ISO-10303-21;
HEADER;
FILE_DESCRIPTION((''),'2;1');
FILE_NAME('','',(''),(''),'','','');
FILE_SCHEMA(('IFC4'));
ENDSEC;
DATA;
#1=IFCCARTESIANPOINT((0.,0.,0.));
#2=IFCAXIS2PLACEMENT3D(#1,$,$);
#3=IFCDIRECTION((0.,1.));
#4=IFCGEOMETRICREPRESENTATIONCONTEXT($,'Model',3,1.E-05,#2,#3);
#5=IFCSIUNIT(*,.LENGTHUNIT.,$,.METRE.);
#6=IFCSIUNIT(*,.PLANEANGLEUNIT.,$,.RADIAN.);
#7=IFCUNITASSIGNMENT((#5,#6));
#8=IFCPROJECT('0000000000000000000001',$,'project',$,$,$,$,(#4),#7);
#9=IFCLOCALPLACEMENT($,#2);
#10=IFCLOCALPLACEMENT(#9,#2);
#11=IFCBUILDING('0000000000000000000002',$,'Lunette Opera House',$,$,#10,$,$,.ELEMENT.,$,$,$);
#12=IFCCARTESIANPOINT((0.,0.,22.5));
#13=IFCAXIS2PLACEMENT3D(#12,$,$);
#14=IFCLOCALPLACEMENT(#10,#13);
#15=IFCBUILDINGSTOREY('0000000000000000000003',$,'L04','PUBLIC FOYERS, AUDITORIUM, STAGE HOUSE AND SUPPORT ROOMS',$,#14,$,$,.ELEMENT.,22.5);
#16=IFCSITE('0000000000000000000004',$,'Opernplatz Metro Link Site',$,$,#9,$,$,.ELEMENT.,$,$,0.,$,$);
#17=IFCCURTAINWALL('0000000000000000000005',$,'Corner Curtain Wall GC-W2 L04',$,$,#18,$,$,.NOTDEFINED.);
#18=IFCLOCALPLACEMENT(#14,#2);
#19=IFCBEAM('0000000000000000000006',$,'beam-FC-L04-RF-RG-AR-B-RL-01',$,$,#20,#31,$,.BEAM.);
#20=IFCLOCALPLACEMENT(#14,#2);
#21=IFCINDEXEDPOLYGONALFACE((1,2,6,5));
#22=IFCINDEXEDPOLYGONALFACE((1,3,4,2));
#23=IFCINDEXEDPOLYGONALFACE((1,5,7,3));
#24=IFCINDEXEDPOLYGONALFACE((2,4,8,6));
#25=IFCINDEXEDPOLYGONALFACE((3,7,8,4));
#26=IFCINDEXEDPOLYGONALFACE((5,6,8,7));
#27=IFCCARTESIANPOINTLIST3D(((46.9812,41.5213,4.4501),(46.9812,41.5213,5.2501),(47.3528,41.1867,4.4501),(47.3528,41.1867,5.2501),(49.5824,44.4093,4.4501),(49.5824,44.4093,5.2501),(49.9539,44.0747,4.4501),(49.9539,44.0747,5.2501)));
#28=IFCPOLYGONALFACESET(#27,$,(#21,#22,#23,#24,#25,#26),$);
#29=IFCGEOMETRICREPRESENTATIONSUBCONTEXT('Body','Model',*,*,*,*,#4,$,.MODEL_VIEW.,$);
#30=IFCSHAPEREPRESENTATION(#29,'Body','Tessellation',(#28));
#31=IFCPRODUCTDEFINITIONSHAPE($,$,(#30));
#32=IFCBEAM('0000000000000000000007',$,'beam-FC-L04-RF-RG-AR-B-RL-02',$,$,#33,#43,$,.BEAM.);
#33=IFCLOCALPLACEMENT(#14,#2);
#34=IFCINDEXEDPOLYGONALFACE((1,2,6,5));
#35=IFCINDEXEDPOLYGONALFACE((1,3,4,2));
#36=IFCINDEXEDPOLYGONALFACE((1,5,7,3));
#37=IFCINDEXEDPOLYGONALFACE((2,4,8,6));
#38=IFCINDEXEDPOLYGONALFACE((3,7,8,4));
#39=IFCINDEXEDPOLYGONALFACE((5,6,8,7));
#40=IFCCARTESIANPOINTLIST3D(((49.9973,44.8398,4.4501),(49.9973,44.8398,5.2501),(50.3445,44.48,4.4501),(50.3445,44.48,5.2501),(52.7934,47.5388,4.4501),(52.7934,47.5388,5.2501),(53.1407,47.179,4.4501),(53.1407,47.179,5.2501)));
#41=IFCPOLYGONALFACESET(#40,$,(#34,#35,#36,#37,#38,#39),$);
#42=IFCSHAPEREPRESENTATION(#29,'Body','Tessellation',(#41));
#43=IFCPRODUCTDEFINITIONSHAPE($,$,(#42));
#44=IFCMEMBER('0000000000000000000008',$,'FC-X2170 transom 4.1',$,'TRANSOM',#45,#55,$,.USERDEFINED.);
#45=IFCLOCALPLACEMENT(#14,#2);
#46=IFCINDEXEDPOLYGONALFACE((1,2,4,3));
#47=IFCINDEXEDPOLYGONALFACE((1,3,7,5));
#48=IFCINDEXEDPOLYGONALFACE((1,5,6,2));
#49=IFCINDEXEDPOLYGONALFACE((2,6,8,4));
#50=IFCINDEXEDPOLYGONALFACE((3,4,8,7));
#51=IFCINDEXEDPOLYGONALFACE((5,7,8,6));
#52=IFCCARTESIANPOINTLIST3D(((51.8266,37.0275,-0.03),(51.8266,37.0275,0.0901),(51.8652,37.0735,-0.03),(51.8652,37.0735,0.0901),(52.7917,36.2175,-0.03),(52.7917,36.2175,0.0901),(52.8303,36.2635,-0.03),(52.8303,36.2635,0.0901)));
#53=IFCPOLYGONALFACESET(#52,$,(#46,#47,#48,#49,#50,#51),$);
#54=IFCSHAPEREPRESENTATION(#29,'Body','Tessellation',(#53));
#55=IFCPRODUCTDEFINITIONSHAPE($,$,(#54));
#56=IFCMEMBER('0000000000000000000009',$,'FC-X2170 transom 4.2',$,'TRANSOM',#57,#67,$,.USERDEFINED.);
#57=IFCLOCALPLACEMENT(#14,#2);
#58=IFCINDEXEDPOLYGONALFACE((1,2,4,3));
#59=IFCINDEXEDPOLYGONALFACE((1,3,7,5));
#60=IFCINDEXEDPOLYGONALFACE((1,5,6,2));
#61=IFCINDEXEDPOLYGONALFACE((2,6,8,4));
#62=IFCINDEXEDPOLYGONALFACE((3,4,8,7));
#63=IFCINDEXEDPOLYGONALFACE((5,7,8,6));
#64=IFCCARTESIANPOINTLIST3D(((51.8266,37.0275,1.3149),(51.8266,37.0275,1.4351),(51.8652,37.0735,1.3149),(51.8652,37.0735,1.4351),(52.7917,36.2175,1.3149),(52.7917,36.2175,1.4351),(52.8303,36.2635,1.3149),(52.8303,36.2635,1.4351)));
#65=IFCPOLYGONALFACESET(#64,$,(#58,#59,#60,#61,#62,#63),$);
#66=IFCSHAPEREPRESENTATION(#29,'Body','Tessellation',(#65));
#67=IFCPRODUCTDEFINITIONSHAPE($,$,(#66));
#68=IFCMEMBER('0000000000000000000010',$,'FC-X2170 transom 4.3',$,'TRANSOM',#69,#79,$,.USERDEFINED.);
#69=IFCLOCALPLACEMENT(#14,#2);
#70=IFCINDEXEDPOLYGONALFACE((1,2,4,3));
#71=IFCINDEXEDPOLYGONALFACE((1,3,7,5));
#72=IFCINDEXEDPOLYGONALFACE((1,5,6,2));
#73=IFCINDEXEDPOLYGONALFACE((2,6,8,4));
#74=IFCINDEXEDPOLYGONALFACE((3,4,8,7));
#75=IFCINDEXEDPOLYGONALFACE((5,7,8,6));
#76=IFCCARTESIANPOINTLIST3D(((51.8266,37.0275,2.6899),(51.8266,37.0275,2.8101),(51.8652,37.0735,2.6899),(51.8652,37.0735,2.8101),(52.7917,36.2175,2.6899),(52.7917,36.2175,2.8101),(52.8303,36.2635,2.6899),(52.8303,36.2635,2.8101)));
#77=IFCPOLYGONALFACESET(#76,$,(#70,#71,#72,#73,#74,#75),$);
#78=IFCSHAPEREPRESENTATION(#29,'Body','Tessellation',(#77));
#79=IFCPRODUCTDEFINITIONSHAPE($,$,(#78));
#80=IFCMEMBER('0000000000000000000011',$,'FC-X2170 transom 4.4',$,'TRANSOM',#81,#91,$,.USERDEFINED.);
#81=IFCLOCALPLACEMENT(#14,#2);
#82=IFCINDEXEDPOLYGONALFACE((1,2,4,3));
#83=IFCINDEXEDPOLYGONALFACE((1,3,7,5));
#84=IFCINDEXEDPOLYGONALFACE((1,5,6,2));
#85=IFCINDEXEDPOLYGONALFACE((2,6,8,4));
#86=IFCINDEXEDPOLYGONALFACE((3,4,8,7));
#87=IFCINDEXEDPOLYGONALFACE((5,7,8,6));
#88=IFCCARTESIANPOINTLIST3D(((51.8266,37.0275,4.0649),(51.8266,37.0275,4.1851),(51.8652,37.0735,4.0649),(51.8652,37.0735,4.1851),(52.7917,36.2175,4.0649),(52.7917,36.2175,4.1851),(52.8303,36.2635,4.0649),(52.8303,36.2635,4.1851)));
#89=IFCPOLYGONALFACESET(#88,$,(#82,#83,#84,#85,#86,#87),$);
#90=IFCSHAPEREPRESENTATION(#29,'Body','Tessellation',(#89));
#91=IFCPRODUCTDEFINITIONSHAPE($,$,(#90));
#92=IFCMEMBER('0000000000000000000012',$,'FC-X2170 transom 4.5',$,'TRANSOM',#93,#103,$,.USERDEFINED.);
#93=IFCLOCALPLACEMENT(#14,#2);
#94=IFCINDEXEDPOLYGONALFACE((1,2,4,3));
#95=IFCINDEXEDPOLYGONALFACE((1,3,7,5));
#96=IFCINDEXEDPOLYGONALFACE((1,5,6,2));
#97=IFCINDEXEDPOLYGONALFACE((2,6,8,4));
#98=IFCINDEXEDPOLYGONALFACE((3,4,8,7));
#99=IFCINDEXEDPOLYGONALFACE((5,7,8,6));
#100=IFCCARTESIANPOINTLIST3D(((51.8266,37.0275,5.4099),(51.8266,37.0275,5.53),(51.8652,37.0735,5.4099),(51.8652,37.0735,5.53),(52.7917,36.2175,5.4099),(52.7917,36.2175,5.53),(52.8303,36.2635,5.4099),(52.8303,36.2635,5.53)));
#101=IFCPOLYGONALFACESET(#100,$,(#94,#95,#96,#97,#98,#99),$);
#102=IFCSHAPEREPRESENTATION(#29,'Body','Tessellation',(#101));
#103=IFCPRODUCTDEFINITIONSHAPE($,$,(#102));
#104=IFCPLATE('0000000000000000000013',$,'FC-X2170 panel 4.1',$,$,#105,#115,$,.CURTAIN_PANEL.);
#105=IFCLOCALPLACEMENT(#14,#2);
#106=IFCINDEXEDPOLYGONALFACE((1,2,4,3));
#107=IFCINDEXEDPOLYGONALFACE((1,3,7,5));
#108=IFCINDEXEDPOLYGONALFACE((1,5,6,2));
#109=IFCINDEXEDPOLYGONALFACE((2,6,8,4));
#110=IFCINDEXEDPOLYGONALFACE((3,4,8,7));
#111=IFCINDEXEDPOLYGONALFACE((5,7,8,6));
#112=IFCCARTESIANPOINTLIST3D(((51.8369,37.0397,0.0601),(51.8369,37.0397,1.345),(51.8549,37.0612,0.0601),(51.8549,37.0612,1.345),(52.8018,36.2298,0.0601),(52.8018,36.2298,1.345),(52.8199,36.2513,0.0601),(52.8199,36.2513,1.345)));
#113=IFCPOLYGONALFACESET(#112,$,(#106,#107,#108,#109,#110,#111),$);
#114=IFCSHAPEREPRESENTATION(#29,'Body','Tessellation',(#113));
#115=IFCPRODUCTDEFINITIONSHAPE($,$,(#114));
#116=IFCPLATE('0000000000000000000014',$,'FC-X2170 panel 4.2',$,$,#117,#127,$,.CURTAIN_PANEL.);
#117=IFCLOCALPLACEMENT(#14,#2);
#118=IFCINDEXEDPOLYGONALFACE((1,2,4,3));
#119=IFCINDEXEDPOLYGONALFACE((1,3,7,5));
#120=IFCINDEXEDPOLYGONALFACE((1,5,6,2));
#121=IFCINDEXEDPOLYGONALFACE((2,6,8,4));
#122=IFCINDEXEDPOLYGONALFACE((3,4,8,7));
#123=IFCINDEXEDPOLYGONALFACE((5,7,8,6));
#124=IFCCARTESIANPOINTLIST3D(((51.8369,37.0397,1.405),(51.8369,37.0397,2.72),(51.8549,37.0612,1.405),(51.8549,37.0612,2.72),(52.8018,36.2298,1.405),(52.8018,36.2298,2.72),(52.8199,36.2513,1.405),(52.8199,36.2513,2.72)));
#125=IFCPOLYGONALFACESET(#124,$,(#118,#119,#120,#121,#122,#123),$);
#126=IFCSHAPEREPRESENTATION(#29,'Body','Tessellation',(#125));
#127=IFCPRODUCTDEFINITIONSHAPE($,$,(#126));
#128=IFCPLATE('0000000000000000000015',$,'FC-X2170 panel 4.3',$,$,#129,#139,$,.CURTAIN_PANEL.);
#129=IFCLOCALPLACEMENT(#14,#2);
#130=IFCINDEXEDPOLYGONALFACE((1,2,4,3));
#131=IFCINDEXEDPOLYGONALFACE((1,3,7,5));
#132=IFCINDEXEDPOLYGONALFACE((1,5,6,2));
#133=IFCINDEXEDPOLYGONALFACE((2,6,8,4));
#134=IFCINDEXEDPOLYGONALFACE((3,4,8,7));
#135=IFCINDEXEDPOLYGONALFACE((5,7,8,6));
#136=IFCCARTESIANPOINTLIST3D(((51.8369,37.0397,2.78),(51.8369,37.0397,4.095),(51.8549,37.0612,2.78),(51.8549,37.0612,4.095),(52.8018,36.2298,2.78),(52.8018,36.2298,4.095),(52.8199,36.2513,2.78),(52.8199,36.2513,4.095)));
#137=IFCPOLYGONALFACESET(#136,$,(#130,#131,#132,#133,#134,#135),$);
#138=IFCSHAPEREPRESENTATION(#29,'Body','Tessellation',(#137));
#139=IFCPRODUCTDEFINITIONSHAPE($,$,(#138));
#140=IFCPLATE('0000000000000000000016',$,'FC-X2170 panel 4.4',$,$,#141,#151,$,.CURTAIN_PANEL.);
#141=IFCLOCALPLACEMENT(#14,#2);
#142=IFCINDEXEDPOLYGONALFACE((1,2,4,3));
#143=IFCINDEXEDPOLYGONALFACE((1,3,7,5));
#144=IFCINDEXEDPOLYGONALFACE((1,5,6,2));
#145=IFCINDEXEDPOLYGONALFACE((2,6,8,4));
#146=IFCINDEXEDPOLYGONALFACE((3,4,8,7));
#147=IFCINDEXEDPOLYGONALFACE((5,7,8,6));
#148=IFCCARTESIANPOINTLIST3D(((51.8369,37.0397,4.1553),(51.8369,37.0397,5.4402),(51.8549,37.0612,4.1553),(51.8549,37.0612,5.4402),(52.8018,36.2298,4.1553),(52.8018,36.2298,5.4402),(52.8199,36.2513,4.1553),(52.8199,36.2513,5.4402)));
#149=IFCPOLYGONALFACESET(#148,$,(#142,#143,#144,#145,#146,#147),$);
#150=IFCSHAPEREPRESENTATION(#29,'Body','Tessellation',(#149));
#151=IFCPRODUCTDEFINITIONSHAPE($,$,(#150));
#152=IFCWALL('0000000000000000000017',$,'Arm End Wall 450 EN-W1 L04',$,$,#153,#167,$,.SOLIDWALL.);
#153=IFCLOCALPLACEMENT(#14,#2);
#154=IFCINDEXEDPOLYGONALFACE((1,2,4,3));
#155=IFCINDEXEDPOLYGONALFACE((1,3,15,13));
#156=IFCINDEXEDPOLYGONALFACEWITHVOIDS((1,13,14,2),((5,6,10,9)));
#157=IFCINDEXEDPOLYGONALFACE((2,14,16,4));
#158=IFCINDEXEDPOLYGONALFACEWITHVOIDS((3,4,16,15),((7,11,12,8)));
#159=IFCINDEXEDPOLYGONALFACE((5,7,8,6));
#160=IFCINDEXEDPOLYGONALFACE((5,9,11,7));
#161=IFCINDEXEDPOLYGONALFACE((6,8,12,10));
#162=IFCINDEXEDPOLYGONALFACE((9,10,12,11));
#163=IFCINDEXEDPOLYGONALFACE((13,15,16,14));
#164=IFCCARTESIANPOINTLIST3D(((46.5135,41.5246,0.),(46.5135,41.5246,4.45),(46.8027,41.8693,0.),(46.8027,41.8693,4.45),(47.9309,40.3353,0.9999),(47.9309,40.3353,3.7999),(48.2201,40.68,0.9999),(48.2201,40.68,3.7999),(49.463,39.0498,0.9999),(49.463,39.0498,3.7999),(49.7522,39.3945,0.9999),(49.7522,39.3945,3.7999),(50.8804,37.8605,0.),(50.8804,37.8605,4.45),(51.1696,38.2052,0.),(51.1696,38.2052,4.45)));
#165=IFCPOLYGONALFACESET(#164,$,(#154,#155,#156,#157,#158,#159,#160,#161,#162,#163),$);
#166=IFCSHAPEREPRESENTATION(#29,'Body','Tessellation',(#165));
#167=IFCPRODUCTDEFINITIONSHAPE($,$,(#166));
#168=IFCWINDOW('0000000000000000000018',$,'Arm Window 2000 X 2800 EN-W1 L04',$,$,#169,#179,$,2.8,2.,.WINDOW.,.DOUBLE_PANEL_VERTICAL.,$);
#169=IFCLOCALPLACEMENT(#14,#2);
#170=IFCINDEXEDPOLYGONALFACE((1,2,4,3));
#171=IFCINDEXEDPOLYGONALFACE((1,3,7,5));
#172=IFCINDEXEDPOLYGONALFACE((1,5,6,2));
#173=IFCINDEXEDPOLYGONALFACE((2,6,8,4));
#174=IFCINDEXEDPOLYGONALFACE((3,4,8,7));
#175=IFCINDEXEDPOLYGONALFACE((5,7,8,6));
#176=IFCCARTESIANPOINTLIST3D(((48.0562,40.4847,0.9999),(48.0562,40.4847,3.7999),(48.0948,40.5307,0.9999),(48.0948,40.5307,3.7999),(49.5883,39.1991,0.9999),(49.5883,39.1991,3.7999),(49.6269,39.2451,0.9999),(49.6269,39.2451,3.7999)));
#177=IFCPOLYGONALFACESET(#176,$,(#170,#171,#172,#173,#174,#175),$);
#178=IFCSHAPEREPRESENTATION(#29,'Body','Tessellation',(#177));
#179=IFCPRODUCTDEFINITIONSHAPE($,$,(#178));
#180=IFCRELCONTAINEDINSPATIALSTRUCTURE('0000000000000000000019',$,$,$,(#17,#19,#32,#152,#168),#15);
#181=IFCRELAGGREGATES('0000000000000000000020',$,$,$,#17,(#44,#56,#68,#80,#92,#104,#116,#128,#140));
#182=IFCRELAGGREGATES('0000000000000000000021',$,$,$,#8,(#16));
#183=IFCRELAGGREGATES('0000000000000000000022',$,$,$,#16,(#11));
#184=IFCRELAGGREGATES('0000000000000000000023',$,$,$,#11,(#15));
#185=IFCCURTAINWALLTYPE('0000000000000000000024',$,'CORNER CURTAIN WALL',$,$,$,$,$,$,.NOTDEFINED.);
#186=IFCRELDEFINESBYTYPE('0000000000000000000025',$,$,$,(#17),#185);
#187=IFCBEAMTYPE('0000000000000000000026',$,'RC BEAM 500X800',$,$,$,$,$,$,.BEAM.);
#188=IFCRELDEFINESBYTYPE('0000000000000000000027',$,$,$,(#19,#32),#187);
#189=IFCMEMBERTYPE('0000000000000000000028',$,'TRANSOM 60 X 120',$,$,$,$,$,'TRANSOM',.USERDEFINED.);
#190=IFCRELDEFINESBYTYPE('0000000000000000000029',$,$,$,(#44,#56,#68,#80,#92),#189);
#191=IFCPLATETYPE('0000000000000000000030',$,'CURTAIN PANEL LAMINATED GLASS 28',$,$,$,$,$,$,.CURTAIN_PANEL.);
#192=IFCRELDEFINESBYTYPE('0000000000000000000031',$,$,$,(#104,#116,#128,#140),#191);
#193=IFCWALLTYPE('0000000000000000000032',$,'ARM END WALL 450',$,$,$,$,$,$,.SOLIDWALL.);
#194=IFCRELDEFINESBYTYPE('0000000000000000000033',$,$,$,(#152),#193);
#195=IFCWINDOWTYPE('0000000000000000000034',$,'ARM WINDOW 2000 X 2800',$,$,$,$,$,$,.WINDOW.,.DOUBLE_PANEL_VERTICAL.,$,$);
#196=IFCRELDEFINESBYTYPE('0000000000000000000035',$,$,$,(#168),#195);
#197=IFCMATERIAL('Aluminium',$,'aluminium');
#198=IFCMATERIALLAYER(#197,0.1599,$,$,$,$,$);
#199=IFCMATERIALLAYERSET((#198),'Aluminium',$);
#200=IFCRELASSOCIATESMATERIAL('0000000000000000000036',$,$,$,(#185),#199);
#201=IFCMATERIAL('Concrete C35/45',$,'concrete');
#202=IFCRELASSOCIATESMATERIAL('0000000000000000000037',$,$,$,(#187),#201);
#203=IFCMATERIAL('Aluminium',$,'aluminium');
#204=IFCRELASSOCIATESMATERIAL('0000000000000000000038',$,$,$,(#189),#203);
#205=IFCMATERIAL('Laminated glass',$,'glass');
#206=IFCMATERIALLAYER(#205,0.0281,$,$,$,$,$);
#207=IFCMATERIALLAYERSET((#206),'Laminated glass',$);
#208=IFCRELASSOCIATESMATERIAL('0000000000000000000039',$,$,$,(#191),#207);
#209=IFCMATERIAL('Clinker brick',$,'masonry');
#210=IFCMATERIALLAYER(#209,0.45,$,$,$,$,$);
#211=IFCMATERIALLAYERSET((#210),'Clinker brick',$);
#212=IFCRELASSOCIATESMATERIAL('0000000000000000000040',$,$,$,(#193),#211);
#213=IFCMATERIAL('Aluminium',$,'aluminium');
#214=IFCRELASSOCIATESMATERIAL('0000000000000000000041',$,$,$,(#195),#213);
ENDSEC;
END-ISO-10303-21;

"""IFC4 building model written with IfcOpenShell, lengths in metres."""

from ifc_helpers import new_model, si_unit, direction, frame, frame_2d, origin, origin_2d, place, context, subcontext, project, spatial, rectangle, extrude, material, layer, layer_set, material_profile, profile_set, type_object, element, fill, aggregate, save


model = new_model("IFC4")

# Units and contexts
model_context = context("Model", 3, precision=1e-05, world=origin(), true_north=direction((0.0, 1.0)))
body_context = subcontext(model_context, "Body", "Model", "MODEL_VIEW")
ifc_project = project(units=[si_unit("LENGTHUNIT", "METRE"), si_unit("PLANEANGLEUNIT", "RADIAN")], contexts=[model_context])

# Site, building, storey
site_placement = place(None, origin())
site = spatial("IfcSite", under=ifc_project, at=site_placement, Name="Opernplatz Metro Link Site", CompositionType="ELEMENT", RefElevation=0.0)
building_placement = place(site_placement, origin())
building = spatial("IfcBuilding", under=site, at=building_placement, Name="Lunette Opera House", CompositionType="ELEMENT")
storey_placement = place(building_placement, frame((0.0, 0.0, 22.5)))
storey = spatial("IfcBuildingStorey", under=building, at=storey_placement, Name="L04", Description="PUBLIC FOYERS, AUDITORIUM, STAGE HOUSE AND SUPPORT ROOMS", CompositionType="ELEMENT", Elevation=22.5)

# Curtain wall
ifc_material_1 = material(Name="Aluminium", Category="aluminium")
ifc_layer_1 = layer(ifc_material_1, 0.1599)
ifc_layer_set_1 = layer_set([ifc_layer_1], Name="Aluminium")
curtain_wall_type = type_object("IfcCurtainWallType", Name="CORNER CURTAIN WALL", PredefinedType="NOTDEFINED", material=ifc_layer_set_1)
curtain_wall_placement = place(storey_placement, origin())
curtain_wall = element("IfcCurtainWall", 1, at=curtain_wall_placement, inside=storey, type_object=curtain_wall_type, Name="Corner Curtain Wall GC-W2 L04", PredefinedType="NOTDEFINED")

# Beams
ifc_material_2 = material(Name="Concrete C35/45", Category="concrete")
ifc_material_profile_1 = material_profile(ifc_material_2, rectangle(XDim=0.5, YDim=0.8, at=origin_2d()), Name="RC BEAM 500X800")
ifc_profile_set_1 = profile_set([ifc_material_profile_1], Name="Concrete C35/45")
beam_type = type_object("IfcBeamType", Name="RC BEAM 500X800", PredefinedType="BEAM", material=ifc_profile_set_1)
beam_1_placement = place(storey_placement, frame((47.167, 41.354, 4.8501), z_axis=(0.669239, 0.743047, 0.0), x_axis=(-0.743047, 0.669239, 0.0)))
element("IfcBeam", 2, at=beam_1_placement, inside=storey, type_object=beam_type, Name="beam-FC-L04-RF-RG-AR-B-RL-01", PredefinedType="BEAM", context=body_context, shape_type="SweptSolid", body=[
    extrude(rectangle(XDim=0.5, YDim=0.8, at=origin_2d()), origin(), (0.0, 0.0, 1.0), 3.8867),
])
beam_2_placement = place(storey_placement, frame((50.1709, 44.6599, 4.8501), z_axis=(0.719498, 0.694495, 0.0), x_axis=(-0.694495, 0.719498, 0.0)))
element("IfcBeam", 3, at=beam_2_placement, inside=storey, type_object=beam_type, Name="beam-FC-L04-RF-RG-AR-B-RL-02", PredefinedType="BEAM", context=body_context, shape_type="SweptSolid", body=[
    extrude(rectangle(XDim=0.5, YDim=0.8, at=origin_2d()), origin(), (0.0, 0.0, 1.0), 3.8862),
])

# Members
ifc_material_3 = material(Name="Aluminium", Category="aluminium")
ifc_material_profile_2 = material_profile(ifc_material_3, rectangle(XDim=0.0601, YDim=0.1201, at=origin_2d()), Name="TRANSOM 60 X 120")
ifc_profile_set_2 = profile_set([ifc_material_profile_2], Name="Aluminium")
member_type_1 = type_object("IfcMemberType", Name="TRANSOM 60 X 120", ElementType="TRANSOM", PredefinedType="USERDEFINED", material=ifc_profile_set_2)
member_1_placement = place(storey_placement, frame((52.811, 36.2405, 0.03), z_axis=(-0.765945, 0.642906, 0.0), x_axis=(-0.642906, -0.765945, 0.0)))
member_1 = element("IfcMember", 4, at=member_1_placement, type_object=member_type_1, Name="FC-X2170 transom 4.1", ObjectType="TRANSOM", PredefinedType="USERDEFINED", context=body_context, shape_type="SweptSolid", body=[
    extrude(rectangle(XDim=0.0601, YDim=0.1201, at=origin_2d()), origin(), (0.0, 0.0, 1.0), 1.26),
])
member_2_placement = place(storey_placement, frame((52.811, 36.2405, 1.375), z_axis=(-0.765945, 0.642906, 0.0), x_axis=(-0.642906, -0.765945, 0.0)))
member_2 = element("IfcMember", 5, at=member_2_placement, type_object=member_type_1, Name="FC-X2170 transom 4.2", ObjectType="TRANSOM", PredefinedType="USERDEFINED", context=body_context, shape_type="SweptSolid", body=[
    extrude(rectangle(XDim=0.0601, YDim=0.1201, at=origin_2d()), origin(), (0.0, 0.0, 1.0), 1.26),
])
member_3_placement = place(storey_placement, frame((52.811, 36.2405, 2.75), z_axis=(-0.765945, 0.642906, 0.0), x_axis=(-0.642906, -0.765945, 0.0)))
member_3 = element("IfcMember", 6, at=member_3_placement, type_object=member_type_1, Name="FC-X2170 transom 4.3", ObjectType="TRANSOM", PredefinedType="USERDEFINED", context=body_context, shape_type="SweptSolid", body=[
    extrude(rectangle(XDim=0.0601, YDim=0.1201, at=origin_2d()), origin(), (0.0, 0.0, 1.0), 1.26),
])
member_4_placement = place(storey_placement, frame((52.811, 36.2405, 4.125), z_axis=(-0.765945, 0.642906, 0.0), x_axis=(-0.642906, -0.765945, 0.0)))
member_4 = element("IfcMember", 7, at=member_4_placement, type_object=member_type_1, Name="FC-X2170 transom 4.4", ObjectType="TRANSOM", PredefinedType="USERDEFINED", context=body_context, shape_type="SweptSolid", body=[
    extrude(rectangle(XDim=0.0601, YDim=0.1201, at=origin_2d()), origin(), (0.0, 0.0, 1.0), 1.26),
])
member_5_placement = place(storey_placement, frame((52.811, 36.2405, 5.47), z_axis=(-0.765945, 0.642906, 0.0), x_axis=(-0.642906, -0.765945, 0.0)))
member_5 = element("IfcMember", 8, at=member_5_placement, type_object=member_type_1, Name="FC-X2170 transom 4.5", ObjectType="TRANSOM", PredefinedType="USERDEFINED", context=body_context, shape_type="SweptSolid", body=[
    extrude(rectangle(XDim=0.0601, YDim=0.1201, at=origin_2d()), origin(), (0.0, 0.0, 1.0), 1.26),
])

# Plates
ifc_material_4 = material(Name="Laminated glass", Category="glass")
ifc_layer_2 = layer(ifc_material_4, 0.0281)
ifc_layer_set_2 = layer_set([ifc_layer_2], Name="Laminated glass")
plate_type = type_object("IfcPlateType", Name="CURTAIN PANEL LAMINATED GLASS 28", PredefinedType="CURTAIN_PANEL", material=ifc_layer_set_2)
plate_1_placement = place(storey_placement, frame((52.3284, 36.6455, 0.0601), z_axis=(0.0, 0.0, 1.0), x_axis=(-0.766, 0.64284, 0.0)))
plate_1 = element("IfcPlate", 9, at=plate_1_placement, type_object=plate_type, Name="FC-X2170 panel 4.1", PredefinedType="CURTAIN_PANEL", context=body_context, shape_type="SweptSolid", body=[
    extrude(rectangle(XDim=1.2598, YDim=0.0281, at=origin_2d()), origin(), (0.0, 0.0, 1.0), 1.2849),
])
plate_2_placement = place(storey_placement, frame((52.3284, 36.6455, 1.405), z_axis=(0.0, 0.0, 1.0), x_axis=(-0.766, 0.64284, 0.0)))
plate_2 = element("IfcPlate", 10, at=plate_2_placement, type_object=plate_type, Name="FC-X2170 panel 4.2", PredefinedType="CURTAIN_PANEL", context=body_context, shape_type="SweptSolid", body=[
    extrude(rectangle(XDim=1.2598, YDim=0.0281, at=origin_2d()), origin(), (0.0, 0.0, 1.0), 1.3149),
])
plate_3_placement = place(storey_placement, frame((52.3284, 36.6455, 2.78), z_axis=(0.0, 0.0, 1.0), x_axis=(-0.766, 0.64284, 0.0)))
plate_3 = element("IfcPlate", 11, at=plate_3_placement, type_object=plate_type, Name="FC-X2170 panel 4.3", PredefinedType="CURTAIN_PANEL", context=body_context, shape_type="SweptSolid", body=[
    extrude(rectangle(XDim=1.2598, YDim=0.0281, at=origin_2d()), origin(), (0.0, 0.0, 1.0), 1.3149),
])
plate_4_placement = place(storey_placement, frame((52.3284, 36.6455, 4.1553), z_axis=(0.0, 0.0, 1.0), x_axis=(-0.766, 0.64284, 0.0)))
plate_4 = element("IfcPlate", 12, at=plate_4_placement, type_object=plate_type, Name="FC-X2170 panel 4.4", PredefinedType="CURTAIN_PANEL", context=body_context, shape_type="SweptSolid", body=[
    extrude(rectangle(XDim=1.2598, YDim=0.0281, at=origin_2d()), origin(), (0.0, 0.0, 1.0), 1.2849),
])
aggregate(curtain_wall, [member_1, member_2, member_3, member_4, member_5, plate_1, plate_2, plate_3, plate_4])

# Wall, opening, window
ifc_material_5 = material(Name="Clinker brick", Category="masonry")
ifc_layer_3 = layer(ifc_material_5, 0.45)
ifc_layer_set_3 = layer_set([ifc_layer_3], Name="Clinker brick")
wall_type_1 = type_object("IfcWallType", Name="ARM END WALL 450", PredefinedType="SOLIDWALL", material=ifc_layer_set_3)
wall_1_placement = place(storey_placement, frame((51.0249, 38.033, 0.0), z_axis=(0.0, 0.0, 1.0), x_axis=(-0.766065, 0.642763, 0.0)))
wall_1 = element("IfcWall", 13, at=wall_1_placement, inside=storey, type_object=wall_type_1, Name="Arm End Wall 450 EN-W1 L04", PredefinedType="SOLIDWALL", context=body_context, shape_type="SweptSolid", body=[
    extrude(rectangle(XDim=5.7004, YDim=0.45, at=frame_2d((2.8501, 0.0))), origin(), (0.0, 0.0, 1.0), 4.45),
])
opening_1_placement = place(wall_1_placement, frame((1.8501, 0.0, 1.0)))
opening_1 = element("IfcOpeningElement", 14, at=opening_1_placement, cuts=wall_1, PredefinedType="OPENING", context=body_context, shape_type="SweptSolid", body=[
    extrude(rectangle(XDim=2.0, YDim=2.8, at=frame_2d((1.0, 1.3999))), frame((0.0, 0.2371, 0.0), z_axis=(0.0, -1.0, 0.0), x_axis=(1.0, 0.0, 0.0)), (0.0, 0.0, 1.0), 0.4739),
])
ifc_material_6 = material(Name="Aluminium", Category="aluminium")
window_type = type_object("IfcWindowType", Name="ARM WINDOW 2000 X 2800", PartitioningType="DOUBLE_PANEL_VERTICAL", PredefinedType="WINDOW", material=ifc_material_6)
window_1_placement = place(opening_1_placement, origin())
window_1 = element("IfcWindow", 15, at=window_1_placement, inside=storey, type_object=window_type, Name="Arm Window 2000 X 2800 EN-W1 L04", OverallHeight=2.8, OverallWidth=2.0, PartitioningType="DOUBLE_PANEL_VERTICAL", PredefinedType="WINDOW", context=body_context, shape_type="SweptSolid", body=[
    extrude(rectangle(XDim=2.0, YDim=2.8, at=frame_2d((1.0, 1.3999))), frame((0.0, 0.03, 0.0), z_axis=(0.0, -1.0, 0.0), x_axis=(1.0, 0.0, 0.0)), (0.0, 0.0, 1.0), 0.0601),
])
fill(opening_1, window_1)

save(model, "model.ifc")
